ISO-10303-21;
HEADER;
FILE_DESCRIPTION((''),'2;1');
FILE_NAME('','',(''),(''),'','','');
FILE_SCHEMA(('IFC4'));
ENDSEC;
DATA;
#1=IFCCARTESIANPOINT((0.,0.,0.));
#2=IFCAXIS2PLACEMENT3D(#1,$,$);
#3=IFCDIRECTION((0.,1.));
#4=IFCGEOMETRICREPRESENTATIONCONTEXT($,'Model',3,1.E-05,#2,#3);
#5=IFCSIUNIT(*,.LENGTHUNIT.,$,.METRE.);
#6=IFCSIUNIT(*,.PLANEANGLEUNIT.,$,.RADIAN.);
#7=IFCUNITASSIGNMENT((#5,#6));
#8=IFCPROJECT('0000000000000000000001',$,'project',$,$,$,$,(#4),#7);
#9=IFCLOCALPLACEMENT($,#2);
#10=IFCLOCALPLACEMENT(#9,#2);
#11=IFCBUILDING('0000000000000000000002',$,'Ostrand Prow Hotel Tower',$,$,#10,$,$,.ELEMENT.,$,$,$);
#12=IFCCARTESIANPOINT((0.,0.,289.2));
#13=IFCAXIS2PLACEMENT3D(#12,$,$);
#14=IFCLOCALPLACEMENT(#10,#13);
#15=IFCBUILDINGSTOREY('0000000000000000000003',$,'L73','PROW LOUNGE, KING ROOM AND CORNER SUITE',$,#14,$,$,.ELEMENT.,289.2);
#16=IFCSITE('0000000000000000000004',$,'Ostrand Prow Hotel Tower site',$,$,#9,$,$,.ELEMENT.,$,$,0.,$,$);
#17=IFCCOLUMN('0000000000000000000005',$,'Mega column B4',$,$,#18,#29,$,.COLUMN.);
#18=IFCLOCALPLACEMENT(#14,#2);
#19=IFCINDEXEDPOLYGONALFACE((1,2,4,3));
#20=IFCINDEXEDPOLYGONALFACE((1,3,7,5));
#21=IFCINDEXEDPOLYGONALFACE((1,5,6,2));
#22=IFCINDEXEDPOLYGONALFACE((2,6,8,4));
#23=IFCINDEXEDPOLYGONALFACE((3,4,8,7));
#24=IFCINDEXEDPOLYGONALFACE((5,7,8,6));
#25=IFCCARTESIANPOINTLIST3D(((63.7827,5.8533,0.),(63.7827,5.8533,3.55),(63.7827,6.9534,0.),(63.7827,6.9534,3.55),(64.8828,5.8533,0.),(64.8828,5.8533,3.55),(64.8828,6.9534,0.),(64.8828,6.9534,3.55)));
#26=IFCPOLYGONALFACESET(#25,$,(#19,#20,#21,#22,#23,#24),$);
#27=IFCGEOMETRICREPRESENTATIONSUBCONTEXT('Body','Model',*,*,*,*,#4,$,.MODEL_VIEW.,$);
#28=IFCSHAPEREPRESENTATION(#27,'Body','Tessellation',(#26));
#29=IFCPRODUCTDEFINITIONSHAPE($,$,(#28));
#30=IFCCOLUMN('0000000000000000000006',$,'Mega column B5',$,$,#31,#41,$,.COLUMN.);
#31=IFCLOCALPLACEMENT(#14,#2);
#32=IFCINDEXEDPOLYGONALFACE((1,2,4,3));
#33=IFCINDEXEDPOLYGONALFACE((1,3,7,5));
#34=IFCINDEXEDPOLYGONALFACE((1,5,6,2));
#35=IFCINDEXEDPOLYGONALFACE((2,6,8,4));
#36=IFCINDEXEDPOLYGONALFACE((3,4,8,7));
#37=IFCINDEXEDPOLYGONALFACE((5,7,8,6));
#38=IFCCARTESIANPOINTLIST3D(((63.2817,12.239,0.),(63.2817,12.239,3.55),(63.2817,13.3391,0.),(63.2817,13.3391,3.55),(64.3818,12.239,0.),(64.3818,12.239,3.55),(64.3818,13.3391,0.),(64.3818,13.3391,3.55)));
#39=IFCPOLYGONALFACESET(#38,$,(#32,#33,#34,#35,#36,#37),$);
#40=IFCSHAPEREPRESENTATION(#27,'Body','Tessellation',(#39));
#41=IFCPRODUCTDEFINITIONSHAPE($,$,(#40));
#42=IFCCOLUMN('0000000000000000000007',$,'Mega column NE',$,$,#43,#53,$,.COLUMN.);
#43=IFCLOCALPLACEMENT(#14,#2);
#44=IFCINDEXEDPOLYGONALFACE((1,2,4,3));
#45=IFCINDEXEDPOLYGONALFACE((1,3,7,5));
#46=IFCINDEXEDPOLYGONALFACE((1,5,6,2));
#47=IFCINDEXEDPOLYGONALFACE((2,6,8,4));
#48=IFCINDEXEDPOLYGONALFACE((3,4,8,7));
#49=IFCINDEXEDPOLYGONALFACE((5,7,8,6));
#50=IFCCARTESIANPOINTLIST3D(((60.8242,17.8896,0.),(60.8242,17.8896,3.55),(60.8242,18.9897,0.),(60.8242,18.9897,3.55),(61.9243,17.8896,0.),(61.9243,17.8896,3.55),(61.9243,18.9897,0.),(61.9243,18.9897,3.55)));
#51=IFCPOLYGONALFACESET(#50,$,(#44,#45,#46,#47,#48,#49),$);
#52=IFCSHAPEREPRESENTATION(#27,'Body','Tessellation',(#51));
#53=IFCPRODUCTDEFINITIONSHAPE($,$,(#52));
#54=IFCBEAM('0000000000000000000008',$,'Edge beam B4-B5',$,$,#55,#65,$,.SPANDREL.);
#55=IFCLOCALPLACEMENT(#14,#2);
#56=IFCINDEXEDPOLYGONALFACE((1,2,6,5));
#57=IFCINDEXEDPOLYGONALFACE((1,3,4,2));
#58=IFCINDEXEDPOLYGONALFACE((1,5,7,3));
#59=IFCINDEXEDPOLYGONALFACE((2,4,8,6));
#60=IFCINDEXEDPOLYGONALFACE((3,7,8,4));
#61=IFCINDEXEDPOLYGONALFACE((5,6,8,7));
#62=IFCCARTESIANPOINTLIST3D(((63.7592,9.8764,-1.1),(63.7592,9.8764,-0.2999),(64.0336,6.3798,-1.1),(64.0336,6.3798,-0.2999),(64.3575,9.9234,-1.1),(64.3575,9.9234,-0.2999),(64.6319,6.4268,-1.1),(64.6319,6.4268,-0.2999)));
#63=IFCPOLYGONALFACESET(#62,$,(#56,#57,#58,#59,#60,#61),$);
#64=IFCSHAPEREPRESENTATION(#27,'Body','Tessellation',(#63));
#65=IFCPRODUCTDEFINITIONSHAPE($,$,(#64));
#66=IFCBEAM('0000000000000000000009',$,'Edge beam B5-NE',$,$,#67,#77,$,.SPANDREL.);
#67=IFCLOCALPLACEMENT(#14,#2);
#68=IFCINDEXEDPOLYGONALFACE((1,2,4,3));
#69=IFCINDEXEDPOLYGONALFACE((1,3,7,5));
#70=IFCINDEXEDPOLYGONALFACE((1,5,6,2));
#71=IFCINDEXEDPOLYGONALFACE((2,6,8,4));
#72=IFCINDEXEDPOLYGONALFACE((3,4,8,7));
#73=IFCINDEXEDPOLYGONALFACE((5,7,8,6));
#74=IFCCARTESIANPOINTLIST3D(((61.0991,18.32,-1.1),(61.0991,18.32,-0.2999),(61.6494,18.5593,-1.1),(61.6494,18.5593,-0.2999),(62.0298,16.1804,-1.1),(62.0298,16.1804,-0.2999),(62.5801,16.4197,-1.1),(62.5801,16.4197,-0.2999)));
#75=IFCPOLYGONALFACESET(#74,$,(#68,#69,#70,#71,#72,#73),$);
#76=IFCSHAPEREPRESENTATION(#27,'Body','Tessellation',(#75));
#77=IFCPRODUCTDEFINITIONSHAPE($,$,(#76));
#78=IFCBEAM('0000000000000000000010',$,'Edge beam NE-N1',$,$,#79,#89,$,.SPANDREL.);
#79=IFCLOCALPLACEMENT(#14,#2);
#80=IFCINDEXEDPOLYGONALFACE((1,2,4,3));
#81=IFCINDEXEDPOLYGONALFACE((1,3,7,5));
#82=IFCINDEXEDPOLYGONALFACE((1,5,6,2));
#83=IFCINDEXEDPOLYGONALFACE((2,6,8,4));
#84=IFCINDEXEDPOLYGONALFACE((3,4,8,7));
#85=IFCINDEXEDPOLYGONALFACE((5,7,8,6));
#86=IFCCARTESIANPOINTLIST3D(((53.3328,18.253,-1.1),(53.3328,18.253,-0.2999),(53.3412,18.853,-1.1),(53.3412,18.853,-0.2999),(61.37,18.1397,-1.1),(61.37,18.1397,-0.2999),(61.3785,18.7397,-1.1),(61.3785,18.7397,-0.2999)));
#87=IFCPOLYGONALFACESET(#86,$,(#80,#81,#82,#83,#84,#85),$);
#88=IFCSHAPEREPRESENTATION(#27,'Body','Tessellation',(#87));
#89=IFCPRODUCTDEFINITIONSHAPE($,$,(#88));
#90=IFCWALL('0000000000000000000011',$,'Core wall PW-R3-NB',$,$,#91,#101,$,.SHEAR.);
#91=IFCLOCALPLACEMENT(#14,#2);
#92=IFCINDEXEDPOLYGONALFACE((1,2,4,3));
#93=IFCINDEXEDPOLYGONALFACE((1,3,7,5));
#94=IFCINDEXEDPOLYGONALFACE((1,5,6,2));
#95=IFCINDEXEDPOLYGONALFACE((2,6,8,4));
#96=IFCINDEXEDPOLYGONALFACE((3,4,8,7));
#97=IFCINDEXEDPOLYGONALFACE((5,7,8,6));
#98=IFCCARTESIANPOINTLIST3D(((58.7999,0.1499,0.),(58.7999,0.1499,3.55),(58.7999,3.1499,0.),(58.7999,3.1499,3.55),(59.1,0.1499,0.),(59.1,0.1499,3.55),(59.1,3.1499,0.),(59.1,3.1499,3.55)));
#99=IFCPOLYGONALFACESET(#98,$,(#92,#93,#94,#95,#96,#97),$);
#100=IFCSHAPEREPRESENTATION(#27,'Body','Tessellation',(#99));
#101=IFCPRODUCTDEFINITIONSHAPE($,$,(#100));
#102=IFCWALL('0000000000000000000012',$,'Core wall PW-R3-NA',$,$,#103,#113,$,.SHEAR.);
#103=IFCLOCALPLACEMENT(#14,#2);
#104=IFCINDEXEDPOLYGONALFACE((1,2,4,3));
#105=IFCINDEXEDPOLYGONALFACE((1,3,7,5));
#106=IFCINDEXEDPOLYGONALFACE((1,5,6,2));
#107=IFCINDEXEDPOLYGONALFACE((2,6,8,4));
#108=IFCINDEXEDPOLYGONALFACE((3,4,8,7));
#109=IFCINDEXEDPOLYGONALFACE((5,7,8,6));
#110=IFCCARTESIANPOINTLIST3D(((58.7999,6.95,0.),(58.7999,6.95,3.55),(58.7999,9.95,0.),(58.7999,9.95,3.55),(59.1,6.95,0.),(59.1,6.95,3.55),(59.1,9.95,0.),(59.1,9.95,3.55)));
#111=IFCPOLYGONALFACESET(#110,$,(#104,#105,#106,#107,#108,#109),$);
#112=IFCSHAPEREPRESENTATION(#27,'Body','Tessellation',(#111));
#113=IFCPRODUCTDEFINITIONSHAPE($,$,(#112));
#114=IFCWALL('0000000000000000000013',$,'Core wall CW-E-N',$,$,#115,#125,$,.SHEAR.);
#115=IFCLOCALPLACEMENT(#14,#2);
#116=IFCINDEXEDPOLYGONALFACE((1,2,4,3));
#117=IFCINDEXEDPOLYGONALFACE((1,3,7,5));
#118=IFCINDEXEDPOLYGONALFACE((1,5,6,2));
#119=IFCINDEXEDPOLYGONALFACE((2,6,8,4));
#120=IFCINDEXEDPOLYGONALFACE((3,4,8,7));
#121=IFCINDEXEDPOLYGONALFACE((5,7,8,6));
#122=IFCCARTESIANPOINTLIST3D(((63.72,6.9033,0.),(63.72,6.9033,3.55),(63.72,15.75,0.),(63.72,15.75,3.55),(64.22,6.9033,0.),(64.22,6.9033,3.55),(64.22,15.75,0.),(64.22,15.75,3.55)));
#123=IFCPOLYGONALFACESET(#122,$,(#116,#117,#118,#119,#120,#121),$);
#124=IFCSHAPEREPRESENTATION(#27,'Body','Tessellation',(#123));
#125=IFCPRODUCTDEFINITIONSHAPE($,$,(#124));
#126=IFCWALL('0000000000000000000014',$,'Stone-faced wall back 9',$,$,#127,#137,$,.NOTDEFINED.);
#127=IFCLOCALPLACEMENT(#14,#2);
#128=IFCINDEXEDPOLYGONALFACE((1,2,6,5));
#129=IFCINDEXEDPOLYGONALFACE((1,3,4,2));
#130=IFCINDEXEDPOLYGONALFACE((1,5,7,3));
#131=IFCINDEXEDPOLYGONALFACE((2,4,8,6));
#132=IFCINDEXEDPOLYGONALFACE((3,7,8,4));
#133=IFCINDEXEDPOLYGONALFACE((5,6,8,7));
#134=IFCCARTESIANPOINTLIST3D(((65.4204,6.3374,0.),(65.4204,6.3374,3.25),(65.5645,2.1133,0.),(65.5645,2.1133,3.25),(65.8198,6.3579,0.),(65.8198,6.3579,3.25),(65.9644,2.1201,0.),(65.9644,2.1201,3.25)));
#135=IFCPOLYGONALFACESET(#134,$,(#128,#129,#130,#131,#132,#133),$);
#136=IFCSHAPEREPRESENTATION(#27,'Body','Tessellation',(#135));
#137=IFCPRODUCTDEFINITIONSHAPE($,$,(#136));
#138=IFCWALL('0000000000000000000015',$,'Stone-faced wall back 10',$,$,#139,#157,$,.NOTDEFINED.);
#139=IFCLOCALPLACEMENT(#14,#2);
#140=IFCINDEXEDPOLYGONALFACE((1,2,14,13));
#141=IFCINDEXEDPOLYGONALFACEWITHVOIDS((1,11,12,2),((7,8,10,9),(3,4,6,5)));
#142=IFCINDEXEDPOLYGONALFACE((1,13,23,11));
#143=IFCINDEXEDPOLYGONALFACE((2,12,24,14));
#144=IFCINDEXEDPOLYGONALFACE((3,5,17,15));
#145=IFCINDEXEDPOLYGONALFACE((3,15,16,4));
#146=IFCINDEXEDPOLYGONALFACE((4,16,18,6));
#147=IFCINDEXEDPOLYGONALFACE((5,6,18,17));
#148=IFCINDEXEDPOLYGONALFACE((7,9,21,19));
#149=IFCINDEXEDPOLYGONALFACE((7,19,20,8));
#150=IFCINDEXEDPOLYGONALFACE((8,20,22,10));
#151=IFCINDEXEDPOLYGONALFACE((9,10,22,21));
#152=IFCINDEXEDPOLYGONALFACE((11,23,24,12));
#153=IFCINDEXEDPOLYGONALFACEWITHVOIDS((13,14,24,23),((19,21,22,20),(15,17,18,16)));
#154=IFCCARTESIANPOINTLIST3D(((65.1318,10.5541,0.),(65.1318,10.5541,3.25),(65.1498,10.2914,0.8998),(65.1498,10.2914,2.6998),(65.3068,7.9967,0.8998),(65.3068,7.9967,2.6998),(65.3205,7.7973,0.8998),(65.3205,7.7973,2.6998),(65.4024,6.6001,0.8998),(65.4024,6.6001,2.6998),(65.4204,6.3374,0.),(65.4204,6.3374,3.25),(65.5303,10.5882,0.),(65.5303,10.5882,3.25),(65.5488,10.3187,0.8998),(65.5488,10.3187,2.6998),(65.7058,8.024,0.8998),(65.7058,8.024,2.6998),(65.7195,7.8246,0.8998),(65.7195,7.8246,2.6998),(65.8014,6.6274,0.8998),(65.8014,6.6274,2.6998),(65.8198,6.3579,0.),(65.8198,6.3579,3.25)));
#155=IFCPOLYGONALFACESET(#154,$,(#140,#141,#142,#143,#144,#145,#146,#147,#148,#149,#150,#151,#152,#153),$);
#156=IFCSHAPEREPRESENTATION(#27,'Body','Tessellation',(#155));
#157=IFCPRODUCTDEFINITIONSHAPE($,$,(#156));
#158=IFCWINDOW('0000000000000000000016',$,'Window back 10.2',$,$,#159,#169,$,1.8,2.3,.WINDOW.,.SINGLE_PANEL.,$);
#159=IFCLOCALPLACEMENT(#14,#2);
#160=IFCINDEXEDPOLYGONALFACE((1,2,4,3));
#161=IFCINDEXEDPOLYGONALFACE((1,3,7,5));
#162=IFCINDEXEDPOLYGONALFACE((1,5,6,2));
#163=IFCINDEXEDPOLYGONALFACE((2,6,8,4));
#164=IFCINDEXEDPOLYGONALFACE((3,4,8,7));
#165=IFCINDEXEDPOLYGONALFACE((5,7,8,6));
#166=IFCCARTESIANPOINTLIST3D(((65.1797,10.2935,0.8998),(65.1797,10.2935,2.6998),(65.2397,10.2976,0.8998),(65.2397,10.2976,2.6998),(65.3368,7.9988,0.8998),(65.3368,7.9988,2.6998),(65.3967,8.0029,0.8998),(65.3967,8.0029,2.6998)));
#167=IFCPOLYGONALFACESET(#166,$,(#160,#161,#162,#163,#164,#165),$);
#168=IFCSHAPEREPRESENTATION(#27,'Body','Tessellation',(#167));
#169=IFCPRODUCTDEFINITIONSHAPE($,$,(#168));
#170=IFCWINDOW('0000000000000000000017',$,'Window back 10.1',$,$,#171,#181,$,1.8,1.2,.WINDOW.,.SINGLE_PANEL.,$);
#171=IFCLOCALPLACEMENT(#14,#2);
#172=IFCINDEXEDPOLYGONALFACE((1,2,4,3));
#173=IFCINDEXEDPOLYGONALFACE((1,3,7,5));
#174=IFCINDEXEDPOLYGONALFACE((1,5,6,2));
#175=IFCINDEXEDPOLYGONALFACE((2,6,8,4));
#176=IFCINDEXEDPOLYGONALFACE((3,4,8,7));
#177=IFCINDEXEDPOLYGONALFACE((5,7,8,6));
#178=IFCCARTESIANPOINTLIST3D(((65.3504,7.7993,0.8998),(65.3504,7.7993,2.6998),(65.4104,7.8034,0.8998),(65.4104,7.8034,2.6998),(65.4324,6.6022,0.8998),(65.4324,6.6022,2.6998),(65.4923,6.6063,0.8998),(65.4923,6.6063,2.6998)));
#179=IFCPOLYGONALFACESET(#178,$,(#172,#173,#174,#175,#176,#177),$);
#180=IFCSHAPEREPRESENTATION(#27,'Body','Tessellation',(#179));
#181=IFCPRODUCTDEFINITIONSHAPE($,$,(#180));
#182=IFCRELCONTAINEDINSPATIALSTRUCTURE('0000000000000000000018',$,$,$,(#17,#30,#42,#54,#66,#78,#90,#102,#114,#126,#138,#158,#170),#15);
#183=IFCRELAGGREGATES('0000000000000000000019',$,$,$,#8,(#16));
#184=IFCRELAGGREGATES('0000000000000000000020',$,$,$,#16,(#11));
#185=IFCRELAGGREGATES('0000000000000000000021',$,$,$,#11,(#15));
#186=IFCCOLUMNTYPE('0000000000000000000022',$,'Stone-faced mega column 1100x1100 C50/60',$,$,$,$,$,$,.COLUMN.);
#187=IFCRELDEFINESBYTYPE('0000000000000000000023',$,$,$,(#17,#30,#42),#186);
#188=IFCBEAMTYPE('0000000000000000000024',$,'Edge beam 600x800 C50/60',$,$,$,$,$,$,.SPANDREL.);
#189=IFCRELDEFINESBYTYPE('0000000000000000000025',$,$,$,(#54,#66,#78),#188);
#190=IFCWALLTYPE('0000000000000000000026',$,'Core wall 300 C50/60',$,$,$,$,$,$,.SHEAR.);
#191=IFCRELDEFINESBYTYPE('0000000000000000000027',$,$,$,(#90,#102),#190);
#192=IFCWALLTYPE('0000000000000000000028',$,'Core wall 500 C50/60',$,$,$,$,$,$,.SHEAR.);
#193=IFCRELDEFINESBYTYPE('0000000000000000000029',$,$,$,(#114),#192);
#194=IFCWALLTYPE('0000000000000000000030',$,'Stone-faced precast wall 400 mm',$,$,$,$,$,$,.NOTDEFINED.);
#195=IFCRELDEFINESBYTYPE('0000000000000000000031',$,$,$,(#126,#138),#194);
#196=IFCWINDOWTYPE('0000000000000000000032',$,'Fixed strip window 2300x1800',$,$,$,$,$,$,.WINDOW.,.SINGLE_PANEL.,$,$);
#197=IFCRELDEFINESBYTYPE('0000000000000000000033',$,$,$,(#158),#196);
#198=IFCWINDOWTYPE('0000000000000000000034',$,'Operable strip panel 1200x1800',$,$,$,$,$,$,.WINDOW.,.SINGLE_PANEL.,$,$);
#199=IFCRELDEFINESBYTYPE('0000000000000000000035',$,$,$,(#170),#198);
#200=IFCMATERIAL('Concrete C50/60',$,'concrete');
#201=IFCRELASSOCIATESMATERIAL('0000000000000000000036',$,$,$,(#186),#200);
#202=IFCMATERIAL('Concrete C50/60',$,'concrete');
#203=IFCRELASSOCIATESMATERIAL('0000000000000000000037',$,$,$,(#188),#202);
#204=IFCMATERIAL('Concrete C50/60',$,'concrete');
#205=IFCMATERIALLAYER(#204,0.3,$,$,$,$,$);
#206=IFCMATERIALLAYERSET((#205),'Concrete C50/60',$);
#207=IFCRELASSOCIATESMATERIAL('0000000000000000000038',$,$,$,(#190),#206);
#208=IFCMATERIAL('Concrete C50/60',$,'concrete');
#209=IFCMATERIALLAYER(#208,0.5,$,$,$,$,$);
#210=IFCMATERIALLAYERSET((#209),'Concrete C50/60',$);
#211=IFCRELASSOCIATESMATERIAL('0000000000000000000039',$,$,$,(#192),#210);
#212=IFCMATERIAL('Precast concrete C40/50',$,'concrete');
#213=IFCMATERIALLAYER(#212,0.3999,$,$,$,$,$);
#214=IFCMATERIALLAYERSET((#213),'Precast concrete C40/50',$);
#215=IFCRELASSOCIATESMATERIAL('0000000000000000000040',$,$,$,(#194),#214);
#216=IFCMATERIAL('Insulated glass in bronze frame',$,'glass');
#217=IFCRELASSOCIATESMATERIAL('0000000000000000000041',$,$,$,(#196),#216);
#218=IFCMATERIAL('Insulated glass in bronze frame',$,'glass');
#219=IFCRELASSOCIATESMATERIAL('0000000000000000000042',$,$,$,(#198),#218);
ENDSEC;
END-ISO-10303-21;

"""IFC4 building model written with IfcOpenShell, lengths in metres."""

from ifc_helpers import new_model, si_unit, direction, frame, frame_2d, origin, origin_2d, place, context, subcontext, project, spatial, polyline, rectangle, outline, extrude, material, layer, layer_set, material_profile, profile_set, type_object, element, fill, save


model = new_model("IFC4")

# Units and contexts
model_context = context("Model", 3, precision=1e-05, world=origin(), true_north=direction((0.0, 1.0)))
body_context = subcontext(model_context, "Body", "Model", "MODEL_VIEW")
ifc_project = project(units=[si_unit("LENGTHUNIT", "METRE"), si_unit("PLANEANGLEUNIT", "RADIAN")], contexts=[model_context])

# Site, building, storey
site_placement = place(None, origin())
site = spatial("IfcSite", under=ifc_project, at=site_placement, Name="Ostrand Prow Hotel Tower site", CompositionType="ELEMENT", RefElevation=0.0)
building_placement = place(site_placement, origin())
building = spatial("IfcBuilding", under=site, at=building_placement, Name="Ostrand Prow Hotel Tower", CompositionType="ELEMENT")
storey_placement = place(building_placement, frame((0.0, 0.0, 289.2)))
storey = spatial("IfcBuildingStorey", under=building, at=storey_placement, Name="L73", Description="PROW LOUNGE, KING ROOM AND CORNER SUITE", CompositionType="ELEMENT", Elevation=289.2)

# Columns
ifc_material_1 = material(Name="Concrete C50/60", Category="concrete")
ifc_material_profile_1 = material_profile(ifc_material_1, rectangle(XDim=1.1001, YDim=1.1001, at=origin_2d()), Name="RC 1100x1100")
ifc_profile_set_1 = profile_set([ifc_material_profile_1], Name="Concrete C50/60")
column_type = type_object("IfcColumnType", Name="Stone-faced mega column 1100x1100 C50/60", PredefinedType="COLUMN", material=ifc_profile_set_1)
for number, where, z_axis, x_axis, name in (
    (1, (64.3328, 6.4033, 0.0), (0.0, 0.0, 1.0), (1.0, 0.0, 0.0), "Mega column B4"),
    (2, (63.8318, 12.7891, 0.0), (0.0, 0.0, 1.0), (1.0, 0.0, 0.0), "Mega column B5"),
    (3, (61.3743, 18.4397, 0.0), (0.0, 0.0, 1.0), (1.0, 0.0, 0.0), "Mega column NE"),
):
    element("IfcColumn", number, at=place(storey_placement, frame(where, z_axis=z_axis, x_axis=x_axis)), inside=storey, type_object=column_type, Name=name, PredefinedType="COLUMN", context=body_context, shape_type="SweptSolid", body=[
        extrude(rectangle(XDim=1.1001, YDim=1.1001, at=origin_2d()), origin(), (0.0, 0.0, 1.0), 3.55),
    ])

# Beams
ifc_material_2 = material(Name="Concrete C50/60", Category="concrete")
ifc_material_profile_2 = material_profile(ifc_material_2, rectangle(XDim=0.6001, YDim=0.8, at=origin_2d()), Name="RC 600x800")
ifc_profile_set_2 = profile_set([ifc_material_profile_2], Name="Concrete C50/60")
beam_type = type_object("IfcBeamType", Name="Edge beam 600x800 C50/60", PredefinedType="SPANDREL", material=ifc_profile_set_2)
beam_1_placement = place(storey_placement, frame((64.3328, 6.4033, -0.7), z_axis=(-0.07824, 0.996935, 0.0), x_axis=(-0.996935, -0.07824, 0.0)))
element("IfcBeam", 4, at=beam_1_placement, inside=storey, type_object=beam_type, Name="Edge beam B4-B5", PredefinedType="SPANDREL", context=body_context, shape_type="SweptSolid", body=[
    extrude(rectangle(XDim=0.6001, YDim=0.8, at=origin_2d()), origin(), (0.0, 0.0, 1.0), 3.5073),
])
beam_2_placement = place(storey_placement, frame((62.3049, 16.3, -0.7), z_axis=(-0.398864, 0.91701, 0.0), x_axis=(-0.91701, -0.398864, 0.0)))
element("IfcBeam", 5, at=beam_2_placement, inside=storey, type_object=beam_type, Name="Edge beam B5-NE", PredefinedType="SPANDREL", context=body_context, shape_type="SweptSolid", body=[
    extrude(rectangle(XDim=0.6001, YDim=0.8, at=origin_2d()), origin(), (0.0, 0.0, 1.0), 2.3333),
])
beam_3_placement = place(storey_placement, frame((61.3743, 18.4397, -0.7), z_axis=(-0.999901, 0.014093, 0.0), x_axis=(-0.014093, -0.999901, 0.0)))
element("IfcBeam", 6, at=beam_3_placement, inside=storey, type_object=beam_type, Name="Edge beam NE-N1", PredefinedType="SPANDREL", context=body_context, shape_type="SweptSolid", body=[
    extrude(rectangle(XDim=0.6001, YDim=0.8, at=origin_2d()), origin(), (0.0, 0.0, 1.0), 8.0381),
])

# Walls
ifc_material_3 = material(Name="Concrete C50/60", Category="concrete")
ifc_layer_1 = layer(ifc_material_3, 0.3)
ifc_layer_set_1 = layer_set([ifc_layer_1], Name="Concrete C50/60")
wall_type_1 = type_object("IfcWallType", Name="Core wall 300 C50/60", PredefinedType="SHEAR", material=ifc_layer_set_1)
for number, where, z_axis, x_axis, name in (
    (7, (58.95, 0.1499, 0.0), (0.0, 0.0, 1.0), (0.0, 1.0, 0.0), "Core wall PW-R3-NB"),
    (8, (58.95, 6.95, 0.0), (0.0, 0.0, 1.0), (0.0, 1.0, 0.0), "Core wall PW-R3-NA"),
):
    element("IfcWall", number, at=place(storey_placement, frame(where, z_axis=z_axis, x_axis=x_axis)), inside=storey, type_object=wall_type_1, Name=name, PredefinedType="SHEAR", context=body_context, shape_type="SweptSolid", body=[
        extrude(rectangle(XDim=3.0, YDim=0.3, at=frame_2d((1.5, 0.0))), origin(), (0.0, 0.0, 1.0), 3.55),
    ])
ifc_material_4 = material(Name="Concrete C50/60", Category="concrete")
ifc_layer_2 = layer(ifc_material_4, 0.5)
ifc_layer_set_2 = layer_set([ifc_layer_2], Name="Concrete C50/60")
wall_type_2 = type_object("IfcWallType", Name="Core wall 500 C50/60", PredefinedType="SHEAR", material=ifc_layer_set_2)
wall_1_placement = place(storey_placement, frame((63.97, 6.9033, 0.0), z_axis=(0.0, 0.0, 1.0), x_axis=(0.0, 1.0, 0.0)))
element("IfcWall", 9, at=wall_1_placement, inside=storey, type_object=wall_type_2, Name="Core wall CW-E-N", PredefinedType="SHEAR", context=body_context, shape_type="SweptSolid", body=[
    extrude(rectangle(XDim=8.8467, YDim=0.5, at=frame_2d((4.4233, 0.0))), origin(), (0.0, 0.0, 1.0), 3.55),
])
ifc_material_5 = material(Name="Precast concrete C40/50", Category="concrete")
ifc_layer_3 = layer(ifc_material_5, 0.3999)
ifc_layer_set_3 = layer_set([ifc_layer_3], Name="Precast concrete C40/50")
wall_type_3 = type_object("IfcWallType", Name="Stone-faced precast wall 400 mm", PredefinedType="NOTDEFINED", material=ifc_layer_set_3)
wall_2_placement = place(storey_placement, frame((65.7644, 2.1167, 0.0), z_axis=(0.0, 0.0, 1.0), x_axis=(-0.034083, 0.999419, 0.0)))
element("IfcWall", 10, at=wall_2_placement, inside=storey, type_object=wall_type_3, Name="Stone-faced wall back 9", PredefinedType="NOTDEFINED", context=body_context, shape_type="SweptSolid", body=[
    extrude(outline(polyline([(-0.0034, -0.2), (4.2368, -0.2), (4.23, 0.2), (0.0034, 0.2), (-0.0034, -0.2)])), origin(), (0.0, 0.0, 1.0), 3.25),
])

# Wall, openings, windows
wall_3_placement = place(storey_placement, frame((65.6201, 6.3477, 0.0), z_axis=(0.0, 0.0, 1.0), x_axis=(-0.06828, 0.997666, 0.0)))
wall_3 = element("IfcWall", 11, at=wall_3_placement, inside=storey, type_object=wall_type_3, Name="Stone-faced wall back 10", PredefinedType="NOTDEFINED", context=body_context, shape_type="SweptSolid", body=[
    extrude(outline(polyline([(-0.0034, -0.2), (4.2368, -0.2), (4.23, 0.2), (0.0034, 0.2), (-0.0034, -0.2)])), origin(), (0.0, 0.0, 1.0), 3.25),
])
opening_1_placement = place(wall_3_placement, frame((0.2666, 0.0, 0.8999)))
opening_1 = element("IfcOpeningElement", 12, at=opening_1_placement, cuts=wall_3, PredefinedType="OPENING", context=body_context, shape_type="SweptSolid", body=[
    extrude(rectangle(XDim=1.2, YDim=1.8, at=frame_2d((0.6001, 0.8999))), frame((0.0, 0.21, 0.0), z_axis=(0.0, -1.0, 0.0), x_axis=(1.0, 0.0, 0.0)), (0.0, 0.0, 1.0), 0.4199),
])
opening_2_placement = place(wall_3_placement, frame((1.6667, 0.0, 0.8999)))
opening_2 = element("IfcOpeningElement", 13, at=opening_2_placement, cuts=wall_3, PredefinedType="OPENING", context=body_context, shape_type="SweptSolid", body=[
    extrude(rectangle(XDim=2.3, YDim=1.8, at=frame_2d((1.1499, 0.8999))), frame((0.0, 0.21, 0.0), z_axis=(0.0, -1.0, 0.0), x_axis=(1.0, 0.0, 0.0)), (0.0, 0.0, 1.0), 0.4199),
])
ifc_material_6 = material(Name="Insulated glass in bronze frame", Category="glass")
window_type_1 = type_object("IfcWindowType", Name="Fixed strip window 2300x1800", PartitioningType="SINGLE_PANEL", PredefinedType="WINDOW", material=ifc_material_6)
window_1_placement = place(opening_2_placement, origin())
window_1 = element("IfcWindow", 14, at=window_1_placement, inside=storey, type_object=window_type_1, Name="Window back 10.2", OverallHeight=1.8, OverallWidth=2.3, PartitioningType="SINGLE_PANEL", PredefinedType="WINDOW", context=body_context, shape_type="SweptSolid", body=[
    extrude(rectangle(XDim=2.3, YDim=1.8, at=frame_2d((1.1499, 0.8999))), frame((0.0, 0.1699, 0.0), z_axis=(0.0, -1.0, 0.0), x_axis=(1.0, 0.0, 0.0)), (0.0, 0.0, 1.0), 0.0601),
])
fill(opening_2, window_1)
ifc_material_7 = material(Name="Insulated glass in bronze frame", Category="glass")
window_type_2 = type_object("IfcWindowType", Name="Operable strip panel 1200x1800", PartitioningType="SINGLE_PANEL", PredefinedType="WINDOW", material=ifc_material_7)
window_2_placement = place(opening_1_placement, origin())
window_2 = element("IfcWindow", 15, at=window_2_placement, inside=storey, type_object=window_type_2, Name="Window back 10.1", OverallHeight=1.8, OverallWidth=1.2, PartitioningType="SINGLE_PANEL", PredefinedType="WINDOW", context=body_context, shape_type="SweptSolid", body=[
    extrude(rectangle(XDim=1.2, YDim=1.8, at=frame_2d((0.6001, 0.8999))), frame((0.0, 0.1699, 0.0), z_axis=(0.0, -1.0, 0.0), x_axis=(1.0, 0.0, 0.0)), (0.0, 0.0, 1.0), 0.0601),
])
fill(opening_1, window_2)

save(model, "model.ifc")
